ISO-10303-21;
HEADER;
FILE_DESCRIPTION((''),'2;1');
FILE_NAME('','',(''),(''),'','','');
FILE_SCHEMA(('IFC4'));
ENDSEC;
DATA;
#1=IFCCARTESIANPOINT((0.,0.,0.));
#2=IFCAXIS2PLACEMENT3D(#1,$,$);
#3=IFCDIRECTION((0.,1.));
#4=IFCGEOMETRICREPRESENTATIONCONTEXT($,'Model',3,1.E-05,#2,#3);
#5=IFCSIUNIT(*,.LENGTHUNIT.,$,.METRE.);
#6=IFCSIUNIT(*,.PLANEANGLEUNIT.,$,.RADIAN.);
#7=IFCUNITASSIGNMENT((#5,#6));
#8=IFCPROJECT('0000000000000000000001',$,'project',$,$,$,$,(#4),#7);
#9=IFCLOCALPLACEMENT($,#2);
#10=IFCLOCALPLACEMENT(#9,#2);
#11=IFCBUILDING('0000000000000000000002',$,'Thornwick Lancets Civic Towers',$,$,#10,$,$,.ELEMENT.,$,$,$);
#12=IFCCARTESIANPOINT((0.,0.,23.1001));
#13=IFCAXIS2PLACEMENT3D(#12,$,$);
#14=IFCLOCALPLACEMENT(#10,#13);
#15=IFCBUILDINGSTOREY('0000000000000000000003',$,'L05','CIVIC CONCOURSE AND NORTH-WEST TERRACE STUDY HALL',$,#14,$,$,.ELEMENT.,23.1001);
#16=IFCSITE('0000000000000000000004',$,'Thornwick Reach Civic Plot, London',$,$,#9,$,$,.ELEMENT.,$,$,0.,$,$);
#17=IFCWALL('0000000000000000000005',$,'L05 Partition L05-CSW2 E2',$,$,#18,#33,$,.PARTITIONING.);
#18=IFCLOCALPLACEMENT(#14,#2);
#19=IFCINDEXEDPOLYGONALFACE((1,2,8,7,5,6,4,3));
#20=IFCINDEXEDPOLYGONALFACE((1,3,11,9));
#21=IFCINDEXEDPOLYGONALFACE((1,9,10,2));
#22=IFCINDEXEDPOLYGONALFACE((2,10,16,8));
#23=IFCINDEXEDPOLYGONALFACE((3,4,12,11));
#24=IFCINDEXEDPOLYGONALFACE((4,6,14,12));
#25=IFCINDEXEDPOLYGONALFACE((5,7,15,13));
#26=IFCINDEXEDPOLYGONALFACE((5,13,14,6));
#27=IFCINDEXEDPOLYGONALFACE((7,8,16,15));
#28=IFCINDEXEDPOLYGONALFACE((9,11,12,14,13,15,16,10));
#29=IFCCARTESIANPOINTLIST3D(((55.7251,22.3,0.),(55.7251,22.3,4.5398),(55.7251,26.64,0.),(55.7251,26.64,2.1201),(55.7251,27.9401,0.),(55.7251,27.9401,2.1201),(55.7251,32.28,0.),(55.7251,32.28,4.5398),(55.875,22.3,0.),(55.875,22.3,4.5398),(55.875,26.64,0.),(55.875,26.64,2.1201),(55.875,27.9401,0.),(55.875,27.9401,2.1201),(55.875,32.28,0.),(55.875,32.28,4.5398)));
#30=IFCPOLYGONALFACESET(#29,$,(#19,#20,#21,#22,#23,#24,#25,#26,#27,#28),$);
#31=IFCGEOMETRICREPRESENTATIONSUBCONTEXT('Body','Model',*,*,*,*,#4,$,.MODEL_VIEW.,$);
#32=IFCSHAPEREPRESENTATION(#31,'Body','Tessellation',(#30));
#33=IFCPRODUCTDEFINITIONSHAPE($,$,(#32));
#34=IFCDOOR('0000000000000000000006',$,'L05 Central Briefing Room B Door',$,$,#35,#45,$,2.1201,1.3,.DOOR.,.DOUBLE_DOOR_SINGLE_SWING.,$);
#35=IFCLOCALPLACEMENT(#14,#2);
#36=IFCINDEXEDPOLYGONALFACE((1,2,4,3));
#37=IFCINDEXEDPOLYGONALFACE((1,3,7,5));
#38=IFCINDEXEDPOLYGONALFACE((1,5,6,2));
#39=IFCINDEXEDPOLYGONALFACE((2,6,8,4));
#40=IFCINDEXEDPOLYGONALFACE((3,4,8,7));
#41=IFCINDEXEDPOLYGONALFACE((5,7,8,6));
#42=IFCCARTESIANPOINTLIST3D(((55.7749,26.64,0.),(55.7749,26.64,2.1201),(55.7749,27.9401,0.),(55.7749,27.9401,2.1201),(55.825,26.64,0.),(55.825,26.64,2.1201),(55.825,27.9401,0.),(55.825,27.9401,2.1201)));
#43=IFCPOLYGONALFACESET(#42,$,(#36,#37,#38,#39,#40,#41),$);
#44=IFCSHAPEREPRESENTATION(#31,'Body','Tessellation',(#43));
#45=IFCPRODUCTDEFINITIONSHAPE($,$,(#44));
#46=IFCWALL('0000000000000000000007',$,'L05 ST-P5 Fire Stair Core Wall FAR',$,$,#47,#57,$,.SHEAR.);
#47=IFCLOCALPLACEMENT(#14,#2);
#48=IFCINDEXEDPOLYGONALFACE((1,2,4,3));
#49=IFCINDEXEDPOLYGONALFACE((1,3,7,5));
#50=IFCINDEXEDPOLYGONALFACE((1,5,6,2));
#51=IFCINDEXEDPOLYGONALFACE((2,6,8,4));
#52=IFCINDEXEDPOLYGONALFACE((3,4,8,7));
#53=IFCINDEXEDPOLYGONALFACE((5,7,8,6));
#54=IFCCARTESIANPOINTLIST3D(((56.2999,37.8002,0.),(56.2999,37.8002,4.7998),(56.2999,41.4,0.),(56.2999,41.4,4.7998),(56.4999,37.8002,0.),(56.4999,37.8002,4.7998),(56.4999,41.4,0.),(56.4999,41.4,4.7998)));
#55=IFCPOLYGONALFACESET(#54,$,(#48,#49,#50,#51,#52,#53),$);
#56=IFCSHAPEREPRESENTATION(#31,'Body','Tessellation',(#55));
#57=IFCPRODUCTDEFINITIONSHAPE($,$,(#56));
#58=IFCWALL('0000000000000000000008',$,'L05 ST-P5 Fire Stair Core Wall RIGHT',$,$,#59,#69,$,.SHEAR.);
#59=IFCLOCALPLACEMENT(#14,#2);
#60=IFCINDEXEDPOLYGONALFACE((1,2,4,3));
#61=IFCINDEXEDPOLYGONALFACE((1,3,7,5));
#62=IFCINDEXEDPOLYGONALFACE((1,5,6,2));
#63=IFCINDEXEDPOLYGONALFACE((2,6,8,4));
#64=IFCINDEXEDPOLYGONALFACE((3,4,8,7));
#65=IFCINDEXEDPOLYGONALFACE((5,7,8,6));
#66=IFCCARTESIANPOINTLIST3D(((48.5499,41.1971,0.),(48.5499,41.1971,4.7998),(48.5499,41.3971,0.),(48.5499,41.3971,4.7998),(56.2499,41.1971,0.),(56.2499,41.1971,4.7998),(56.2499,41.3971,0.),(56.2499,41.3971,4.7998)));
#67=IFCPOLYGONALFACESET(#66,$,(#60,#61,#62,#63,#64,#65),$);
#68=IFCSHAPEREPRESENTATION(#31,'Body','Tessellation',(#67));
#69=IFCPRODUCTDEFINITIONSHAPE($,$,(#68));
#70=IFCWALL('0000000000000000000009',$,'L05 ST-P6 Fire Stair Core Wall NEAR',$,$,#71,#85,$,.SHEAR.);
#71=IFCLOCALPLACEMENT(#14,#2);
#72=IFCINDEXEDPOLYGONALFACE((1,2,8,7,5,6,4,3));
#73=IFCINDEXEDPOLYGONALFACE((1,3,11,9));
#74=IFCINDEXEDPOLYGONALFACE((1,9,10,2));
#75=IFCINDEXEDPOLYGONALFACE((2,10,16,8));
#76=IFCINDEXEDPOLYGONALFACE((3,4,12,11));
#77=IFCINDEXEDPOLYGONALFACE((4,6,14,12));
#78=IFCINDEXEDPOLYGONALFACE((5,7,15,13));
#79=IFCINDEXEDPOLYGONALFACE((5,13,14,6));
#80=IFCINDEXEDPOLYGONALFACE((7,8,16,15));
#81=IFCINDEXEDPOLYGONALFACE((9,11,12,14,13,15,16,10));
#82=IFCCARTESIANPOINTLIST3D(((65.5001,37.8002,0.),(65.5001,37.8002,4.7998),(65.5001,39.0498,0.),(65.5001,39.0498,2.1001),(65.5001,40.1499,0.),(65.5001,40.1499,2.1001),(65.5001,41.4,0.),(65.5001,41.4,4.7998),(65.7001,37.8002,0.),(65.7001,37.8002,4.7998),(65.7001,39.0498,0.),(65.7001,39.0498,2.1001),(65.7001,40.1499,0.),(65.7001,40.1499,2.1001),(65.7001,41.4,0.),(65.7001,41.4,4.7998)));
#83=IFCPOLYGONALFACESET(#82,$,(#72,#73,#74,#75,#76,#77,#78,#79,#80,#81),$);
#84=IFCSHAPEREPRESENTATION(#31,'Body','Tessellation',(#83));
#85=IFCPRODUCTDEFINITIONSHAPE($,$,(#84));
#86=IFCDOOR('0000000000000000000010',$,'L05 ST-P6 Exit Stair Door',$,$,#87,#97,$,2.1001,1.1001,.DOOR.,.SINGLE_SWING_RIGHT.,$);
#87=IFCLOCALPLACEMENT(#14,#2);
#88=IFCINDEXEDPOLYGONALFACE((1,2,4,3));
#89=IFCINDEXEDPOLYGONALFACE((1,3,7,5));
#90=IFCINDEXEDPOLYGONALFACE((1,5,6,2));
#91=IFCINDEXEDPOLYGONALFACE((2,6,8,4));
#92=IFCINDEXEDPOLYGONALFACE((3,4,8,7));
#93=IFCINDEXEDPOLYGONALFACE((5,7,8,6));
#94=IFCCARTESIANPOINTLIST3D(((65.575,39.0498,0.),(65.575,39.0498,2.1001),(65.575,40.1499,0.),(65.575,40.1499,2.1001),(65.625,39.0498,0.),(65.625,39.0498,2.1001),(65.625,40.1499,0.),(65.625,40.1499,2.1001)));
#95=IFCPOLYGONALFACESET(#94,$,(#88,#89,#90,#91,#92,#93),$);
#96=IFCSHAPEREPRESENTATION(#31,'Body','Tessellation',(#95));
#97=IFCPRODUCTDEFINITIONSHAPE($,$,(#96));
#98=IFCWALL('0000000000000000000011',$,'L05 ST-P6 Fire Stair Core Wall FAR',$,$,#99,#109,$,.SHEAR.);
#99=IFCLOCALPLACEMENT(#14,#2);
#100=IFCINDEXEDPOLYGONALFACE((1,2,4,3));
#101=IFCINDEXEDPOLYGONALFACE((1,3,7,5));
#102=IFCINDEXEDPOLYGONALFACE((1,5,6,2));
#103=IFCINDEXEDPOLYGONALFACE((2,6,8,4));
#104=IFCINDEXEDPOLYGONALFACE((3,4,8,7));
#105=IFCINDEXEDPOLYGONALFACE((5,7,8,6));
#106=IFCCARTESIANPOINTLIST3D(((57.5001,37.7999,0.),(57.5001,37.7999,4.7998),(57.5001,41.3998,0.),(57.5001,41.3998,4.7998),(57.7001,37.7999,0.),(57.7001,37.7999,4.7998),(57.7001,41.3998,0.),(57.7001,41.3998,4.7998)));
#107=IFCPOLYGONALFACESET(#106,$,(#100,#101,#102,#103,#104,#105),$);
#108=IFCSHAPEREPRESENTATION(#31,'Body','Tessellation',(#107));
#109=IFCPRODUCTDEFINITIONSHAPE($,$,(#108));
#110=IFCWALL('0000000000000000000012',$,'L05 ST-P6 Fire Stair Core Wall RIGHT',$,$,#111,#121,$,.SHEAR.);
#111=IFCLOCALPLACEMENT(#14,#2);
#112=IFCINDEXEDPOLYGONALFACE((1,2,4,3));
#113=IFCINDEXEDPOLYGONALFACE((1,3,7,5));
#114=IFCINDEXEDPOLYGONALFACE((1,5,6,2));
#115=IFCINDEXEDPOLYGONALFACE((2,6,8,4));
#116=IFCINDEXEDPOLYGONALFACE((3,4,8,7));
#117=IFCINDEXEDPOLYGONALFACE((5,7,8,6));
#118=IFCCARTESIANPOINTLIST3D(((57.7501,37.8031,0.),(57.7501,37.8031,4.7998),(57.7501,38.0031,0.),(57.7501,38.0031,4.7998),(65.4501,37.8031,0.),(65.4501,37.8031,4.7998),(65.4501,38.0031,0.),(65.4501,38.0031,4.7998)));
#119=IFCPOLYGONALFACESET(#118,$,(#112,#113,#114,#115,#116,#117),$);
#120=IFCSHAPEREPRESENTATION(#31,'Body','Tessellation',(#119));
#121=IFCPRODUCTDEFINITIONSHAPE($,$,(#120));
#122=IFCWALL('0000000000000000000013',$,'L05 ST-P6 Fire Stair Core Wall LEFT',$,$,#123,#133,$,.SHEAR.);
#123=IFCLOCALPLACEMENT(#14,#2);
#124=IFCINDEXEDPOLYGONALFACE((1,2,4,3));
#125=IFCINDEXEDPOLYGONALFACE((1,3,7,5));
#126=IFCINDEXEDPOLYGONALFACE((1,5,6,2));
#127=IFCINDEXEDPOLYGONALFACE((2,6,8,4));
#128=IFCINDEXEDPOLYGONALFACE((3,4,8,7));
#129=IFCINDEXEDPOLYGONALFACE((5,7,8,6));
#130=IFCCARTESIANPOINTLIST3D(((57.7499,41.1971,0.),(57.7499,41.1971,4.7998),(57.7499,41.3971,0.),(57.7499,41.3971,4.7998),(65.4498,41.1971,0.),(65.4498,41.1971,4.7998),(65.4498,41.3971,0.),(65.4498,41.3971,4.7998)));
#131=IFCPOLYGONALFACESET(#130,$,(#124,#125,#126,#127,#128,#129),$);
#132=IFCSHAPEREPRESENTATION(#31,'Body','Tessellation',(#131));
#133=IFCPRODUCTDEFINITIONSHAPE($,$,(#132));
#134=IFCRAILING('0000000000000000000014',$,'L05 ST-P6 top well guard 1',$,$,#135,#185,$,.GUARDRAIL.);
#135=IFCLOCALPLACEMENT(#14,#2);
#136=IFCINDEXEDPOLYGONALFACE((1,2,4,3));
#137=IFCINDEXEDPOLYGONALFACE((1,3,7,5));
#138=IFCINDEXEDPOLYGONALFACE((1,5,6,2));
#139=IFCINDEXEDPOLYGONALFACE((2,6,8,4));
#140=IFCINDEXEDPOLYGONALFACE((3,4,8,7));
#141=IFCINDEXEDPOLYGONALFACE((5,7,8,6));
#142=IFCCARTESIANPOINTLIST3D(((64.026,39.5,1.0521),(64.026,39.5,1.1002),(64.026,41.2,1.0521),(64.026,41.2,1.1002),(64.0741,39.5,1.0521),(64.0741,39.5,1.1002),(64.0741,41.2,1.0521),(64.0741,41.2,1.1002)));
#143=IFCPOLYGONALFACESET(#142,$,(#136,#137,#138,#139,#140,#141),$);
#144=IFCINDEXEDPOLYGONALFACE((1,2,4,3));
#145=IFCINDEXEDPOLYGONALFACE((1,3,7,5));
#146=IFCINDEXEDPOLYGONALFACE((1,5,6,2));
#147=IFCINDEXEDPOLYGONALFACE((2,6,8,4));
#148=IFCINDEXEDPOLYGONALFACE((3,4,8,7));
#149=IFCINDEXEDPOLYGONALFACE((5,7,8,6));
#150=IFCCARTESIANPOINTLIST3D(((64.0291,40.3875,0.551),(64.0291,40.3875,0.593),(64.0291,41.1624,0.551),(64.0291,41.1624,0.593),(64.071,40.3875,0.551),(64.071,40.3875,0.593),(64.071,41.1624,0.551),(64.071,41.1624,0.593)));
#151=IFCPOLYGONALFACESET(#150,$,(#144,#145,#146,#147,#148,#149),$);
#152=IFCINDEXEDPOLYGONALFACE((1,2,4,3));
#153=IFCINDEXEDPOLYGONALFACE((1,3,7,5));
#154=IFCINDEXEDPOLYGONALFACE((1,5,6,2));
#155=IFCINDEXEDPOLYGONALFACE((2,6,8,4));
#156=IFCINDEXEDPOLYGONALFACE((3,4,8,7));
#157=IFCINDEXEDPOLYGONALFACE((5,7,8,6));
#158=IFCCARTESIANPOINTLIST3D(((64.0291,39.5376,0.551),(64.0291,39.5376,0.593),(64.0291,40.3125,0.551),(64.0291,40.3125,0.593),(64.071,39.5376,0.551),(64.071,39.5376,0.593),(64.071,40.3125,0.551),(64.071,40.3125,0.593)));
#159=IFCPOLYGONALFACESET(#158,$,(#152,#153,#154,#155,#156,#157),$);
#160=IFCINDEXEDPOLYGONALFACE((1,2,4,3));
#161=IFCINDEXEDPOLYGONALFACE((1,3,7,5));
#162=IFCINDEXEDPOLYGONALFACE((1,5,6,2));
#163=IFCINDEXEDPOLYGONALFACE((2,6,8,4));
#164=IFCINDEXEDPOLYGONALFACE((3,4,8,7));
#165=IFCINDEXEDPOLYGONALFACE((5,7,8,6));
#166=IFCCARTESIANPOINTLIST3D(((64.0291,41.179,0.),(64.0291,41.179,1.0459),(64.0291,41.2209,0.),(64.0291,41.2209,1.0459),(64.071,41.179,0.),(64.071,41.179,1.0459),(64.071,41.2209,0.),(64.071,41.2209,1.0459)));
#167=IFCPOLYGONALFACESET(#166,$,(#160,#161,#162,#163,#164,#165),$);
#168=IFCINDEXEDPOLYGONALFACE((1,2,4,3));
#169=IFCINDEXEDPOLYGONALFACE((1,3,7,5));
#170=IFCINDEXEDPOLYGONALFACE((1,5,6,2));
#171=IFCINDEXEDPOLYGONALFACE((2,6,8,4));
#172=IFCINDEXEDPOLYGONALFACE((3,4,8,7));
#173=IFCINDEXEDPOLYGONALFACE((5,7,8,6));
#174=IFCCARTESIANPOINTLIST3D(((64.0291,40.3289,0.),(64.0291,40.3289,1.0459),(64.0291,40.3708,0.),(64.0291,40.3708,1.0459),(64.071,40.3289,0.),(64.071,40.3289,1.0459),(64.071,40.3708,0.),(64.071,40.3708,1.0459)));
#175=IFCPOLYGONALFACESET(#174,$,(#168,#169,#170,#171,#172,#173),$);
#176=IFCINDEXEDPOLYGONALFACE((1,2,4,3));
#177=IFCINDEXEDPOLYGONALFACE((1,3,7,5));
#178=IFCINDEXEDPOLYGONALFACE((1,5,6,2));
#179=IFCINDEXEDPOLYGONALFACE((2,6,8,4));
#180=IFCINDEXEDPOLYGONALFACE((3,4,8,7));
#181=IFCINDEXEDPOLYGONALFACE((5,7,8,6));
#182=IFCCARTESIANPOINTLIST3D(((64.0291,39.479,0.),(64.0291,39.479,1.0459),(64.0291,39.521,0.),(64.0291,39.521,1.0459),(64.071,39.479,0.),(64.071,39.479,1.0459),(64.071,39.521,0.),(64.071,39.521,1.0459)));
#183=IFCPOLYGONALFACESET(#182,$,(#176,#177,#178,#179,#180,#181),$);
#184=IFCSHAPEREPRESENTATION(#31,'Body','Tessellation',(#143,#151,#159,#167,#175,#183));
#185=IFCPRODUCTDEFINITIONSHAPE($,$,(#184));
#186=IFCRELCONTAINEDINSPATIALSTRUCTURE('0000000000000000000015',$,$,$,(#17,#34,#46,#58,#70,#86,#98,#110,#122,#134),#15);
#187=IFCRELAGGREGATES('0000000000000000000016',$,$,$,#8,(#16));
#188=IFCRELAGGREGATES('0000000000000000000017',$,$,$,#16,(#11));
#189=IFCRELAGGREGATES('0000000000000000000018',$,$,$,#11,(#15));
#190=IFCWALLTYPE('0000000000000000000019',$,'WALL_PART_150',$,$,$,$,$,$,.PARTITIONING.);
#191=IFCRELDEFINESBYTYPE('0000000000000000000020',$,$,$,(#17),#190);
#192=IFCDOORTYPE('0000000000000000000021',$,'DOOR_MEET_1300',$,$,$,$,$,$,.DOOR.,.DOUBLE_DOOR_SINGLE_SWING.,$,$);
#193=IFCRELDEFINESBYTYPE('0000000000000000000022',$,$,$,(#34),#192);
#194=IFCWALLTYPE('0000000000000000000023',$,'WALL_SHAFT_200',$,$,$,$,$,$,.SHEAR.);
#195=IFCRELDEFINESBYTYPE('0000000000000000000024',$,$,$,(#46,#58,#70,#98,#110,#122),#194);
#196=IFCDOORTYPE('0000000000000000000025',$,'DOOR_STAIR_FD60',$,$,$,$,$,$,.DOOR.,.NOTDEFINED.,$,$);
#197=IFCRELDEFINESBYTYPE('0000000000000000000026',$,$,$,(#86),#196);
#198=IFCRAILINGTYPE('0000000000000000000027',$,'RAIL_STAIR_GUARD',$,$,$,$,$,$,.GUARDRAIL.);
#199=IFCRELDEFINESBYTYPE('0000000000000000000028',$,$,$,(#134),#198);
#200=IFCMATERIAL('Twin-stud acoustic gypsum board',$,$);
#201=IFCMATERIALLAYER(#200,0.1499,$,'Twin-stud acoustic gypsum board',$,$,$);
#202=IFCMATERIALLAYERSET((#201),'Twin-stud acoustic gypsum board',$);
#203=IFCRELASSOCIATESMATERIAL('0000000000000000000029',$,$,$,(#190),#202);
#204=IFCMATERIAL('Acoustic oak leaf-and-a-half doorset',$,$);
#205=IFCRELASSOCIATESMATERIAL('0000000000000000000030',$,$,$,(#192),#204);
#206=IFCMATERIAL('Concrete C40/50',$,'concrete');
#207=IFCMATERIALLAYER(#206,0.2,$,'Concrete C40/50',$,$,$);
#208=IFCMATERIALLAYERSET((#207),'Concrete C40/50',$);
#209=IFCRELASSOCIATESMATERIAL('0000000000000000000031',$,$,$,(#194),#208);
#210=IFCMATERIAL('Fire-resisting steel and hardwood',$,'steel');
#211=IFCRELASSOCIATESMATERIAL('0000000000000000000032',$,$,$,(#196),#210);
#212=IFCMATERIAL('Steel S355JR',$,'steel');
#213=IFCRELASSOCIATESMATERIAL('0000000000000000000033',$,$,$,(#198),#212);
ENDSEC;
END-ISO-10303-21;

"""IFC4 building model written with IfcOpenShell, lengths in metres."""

from ifc_helpers import new_model, si_unit, direction, frame, frame_2d, origin, origin_2d, place, context, subcontext, project, spatial, rectangle, extrude, material, layer, layer_set, type_object, element, fill, save


model = new_model("IFC4")

# Units and contexts
model_context = context("Model", 3, precision=1e-05, world=origin(), true_north=direction((0.0, 1.0)))
body_context = subcontext(model_context, "Body", "Model", "MODEL_VIEW")
ifc_project = project(units=[si_unit("LENGTHUNIT", "METRE"), si_unit("PLANEANGLEUNIT", "RADIAN")], contexts=[model_context])

# Site, building, storey
site_placement = place(None, origin())
site = spatial("IfcSite", under=ifc_project, at=site_placement, Name="Thornwick Reach Civic Plot, London", CompositionType="ELEMENT", RefElevation=0.0)
building_placement = place(site_placement, origin())
building = spatial("IfcBuilding", under=site, at=building_placement, Name="Thornwick Lancets Civic Towers", CompositionType="ELEMENT")
storey_placement = place(building_placement, frame((0.0, 0.0, 23.1001)))
storey = spatial("IfcBuildingStorey", under=building, at=storey_placement, Name="L05", Description="CIVIC CONCOURSE AND NORTH-WEST TERRACE STUDY HALL", CompositionType="ELEMENT", Elevation=23.1001)

# Shared definitions
ifc_material_1 = material(Name="Concrete C40/50", Category="concrete")

# Shared definitions
ifc_material_2 = material(Name="Steel S355JR", Category="steel")

# Wall, opening, door
ifc_material_3 = material(Name="Twin-stud acoustic gypsum board")
ifc_layer_1 = layer(ifc_material_3, 0.1499, Name="Twin-stud acoustic gypsum board")
ifc_layer_set_1 = layer_set([ifc_layer_1], Name="Twin-stud acoustic gypsum board")
wall_type_1 = type_object("IfcWallType", Name="WALL_PART_150", PredefinedType="PARTITIONING", material=ifc_layer_set_1)
ifc_material_4 = material(Name="Acoustic oak leaf-and-a-half doorset")
door_type_1 = type_object("IfcDoorType", Name="DOOR_MEET_1300", OperationType="DOUBLE_DOOR_SINGLE_SWING", PredefinedType="DOOR", material=ifc_material_4)
wall_1_placement = place(storey_placement, frame((55.8, 32.28, 0.0), z_axis=(0.0, 0.0, 1.0), x_axis=(0.0, -1.0, 0.0)))
wall_1 = element("IfcWall", 1, at=wall_1_placement, inside=storey, type_object=wall_type_1, Name="L05 Partition L05-CSW2 E2", PredefinedType="PARTITIONING", context=body_context, shape_type="SweptSolid", body=[
    extrude(rectangle(XDim=9.98, YDim=0.1499, at=frame_2d((4.99, 0.0))), origin(), (0.0, 0.0, 1.0), 4.5398),
])
opening_1_placement = place(wall_1_placement, frame((4.3401, 0.0, 0.0)))
opening_1 = element("IfcOpeningElement", 2, at=opening_1_placement, cuts=wall_1, PredefinedType="OPENING", context=body_context, shape_type="SweptSolid", body=[
    extrude(rectangle(XDim=1.3, YDim=2.1201, at=frame_2d((0.6499, 1.0601))), frame((0.0, 0.085, 0.0), z_axis=(0.0, -1.0, 0.0), x_axis=(1.0, 0.0, 0.0)), (0.0, 0.0, 1.0), 0.1699),
])
door_1_placement = place(opening_1_placement, origin())
door_1 = element("IfcDoor", 3, at=door_1_placement, inside=storey, type_object=door_type_1, Name="L05 Central Briefing Room B Door", OperationType="DOUBLE_DOOR_SINGLE_SWING", OverallHeight=2.1201, OverallWidth=1.3, PredefinedType="DOOR", context=body_context, shape_type="SweptSolid", body=[
    extrude(rectangle(XDim=1.3, YDim=2.1201, at=frame_2d((0.6499, 1.0601))), frame((0.0, 0.0249, 0.0), z_axis=(0.0, -1.0, 0.0), x_axis=(1.0, 0.0, 0.0)), (0.0, 0.0, 1.0), 0.05),
])
fill(opening_1, door_1)

# Walls
ifc_layer_2 = layer(ifc_material_1, 0.2, Name="Concrete C40/50")
ifc_layer_set_2 = layer_set([ifc_layer_2], Name="Concrete C40/50")
wall_type_2 = type_object("IfcWallType", Name="WALL_SHAFT_200", PredefinedType="SHEAR", material=ifc_layer_set_2)
wall_2_placement = place(storey_placement, frame((56.3999, 41.3999, 0.0), z_axis=(0.0, 0.0, 1.0), x_axis=(0.0, -1.0, 0.0)))
element("IfcWall", 4, at=wall_2_placement, inside=storey, type_object=wall_type_2, Name="L05 ST-P5 Fire Stair Core Wall FAR", PredefinedType="SHEAR", context=body_context, shape_type="SweptSolid", body=[
    extrude(rectangle(XDim=3.5999, YDim=0.2, at=frame_2d((1.7998, 0.0))), origin(), (0.0, 0.0, 1.0), 4.7998),
])
wall_3_placement = place(storey_placement, frame((56.25, 41.2971, 0.0), z_axis=(0.0, 0.0, 1.0), x_axis=(-1.0, 0.0, 0.0)))
element("IfcWall", 5, at=wall_3_placement, inside=storey, type_object=wall_type_2, Name="L05 ST-P5 Fire Stair Core Wall RIGHT", PredefinedType="SHEAR", context=body_context, shape_type="SweptSolid", body=[
    extrude(rectangle(XDim=7.7, YDim=0.2, at=frame_2d((3.8501, 0.0))), origin(), (0.0, 0.0, 1.0), 4.7998),
])

# Wall, opening, door
wall_4_placement = place(storey_placement, frame((65.6001, 41.3999, 0.0), z_axis=(0.0, 0.0, 1.0), x_axis=(0.0, -1.0, 0.0)))
wall_4 = element("IfcWall", 6, at=wall_4_placement, inside=storey, type_object=wall_type_2, Name="L05 ST-P6 Fire Stair Core Wall NEAR", PredefinedType="SHEAR", context=body_context, shape_type="SweptSolid", body=[
    extrude(rectangle(XDim=3.5999, YDim=0.2, at=frame_2d((1.7998, 0.0))), origin(), (0.0, 0.0, 1.0), 4.7998),
])
opening_2_placement = place(wall_4_placement, frame((1.25, 0.0, 0.0)))
opening_2 = element("IfcOpeningElement", 7, at=opening_2_placement, cuts=wall_4, PredefinedType="OPENING", context=body_context, shape_type="SweptSolid", body=[
    extrude(rectangle(XDim=1.1001, YDim=2.1001, at=frame_2d((0.55, 1.05))), frame((0.0, 0.1099, 0.0), z_axis=(0.0, -1.0, 0.0), x_axis=(1.0, 0.0, 0.0)), (0.0, 0.0, 1.0), 0.22),
])
ifc_material_5 = material(Name="Fire-resisting steel and hardwood", Category="steel")
door_type_2 = type_object("IfcDoorType", Name="DOOR_STAIR_FD60", OperationType="NOTDEFINED", PredefinedType="DOOR", material=ifc_material_5)
door_2_placement = place(opening_2_placement, origin())
door_2 = element("IfcDoor", 8, at=door_2_placement, inside=storey, type_object=door_type_2, Name="L05 ST-P6 Exit Stair Door", OperationType="SINGLE_SWING_RIGHT", OverallHeight=2.1001, OverallWidth=1.1001, PredefinedType="DOOR", context=body_context, shape_type="SweptSolid", body=[
    extrude(rectangle(XDim=1.1001, YDim=2.1001, at=frame_2d((0.55, 1.05))), frame((0.0, 0.0249, 0.0), z_axis=(0.0, -1.0, 0.0), x_axis=(1.0, 0.0, 0.0)), (0.0, 0.0, 1.0), 0.05),
])
fill(opening_2, door_2)

# Walls
wall_5_placement = place(storey_placement, frame((57.6001, 37.8, 0.0), z_axis=(0.0, 0.0, 1.0), x_axis=(0.0, 1.0, 0.0)))
element("IfcWall", 9, at=wall_5_placement, inside=storey, type_object=wall_type_2, Name="L05 ST-P6 Fire Stair Core Wall FAR", PredefinedType="SHEAR", context=body_context, shape_type="SweptSolid", body=[
    extrude(rectangle(XDim=3.5999, YDim=0.2, at=frame_2d((1.7998, 0.0))), origin(), (0.0, 0.0, 1.0), 4.7998),
])
for number, where, z_axis, x_axis, name in (
    (10, (57.75, 37.9031, 0.0), (0.0, 0.0, 1.0), (1.0, 0.0, 0.0), "L05 ST-P6 Fire Stair Core Wall RIGHT"),
    (11, (65.45, 41.2971, 0.0), (0.0, 0.0, 1.0), (-1.0, 0.0, 0.0), "L05 ST-P6 Fire Stair Core Wall LEFT"),
):
    element("IfcWall", number, at=place(storey_placement, frame(where, z_axis=z_axis, x_axis=x_axis)), inside=storey, type_object=wall_type_2, Name=name, PredefinedType="SHEAR", context=body_context, shape_type="SweptSolid", body=[
        extrude(rectangle(XDim=7.7, YDim=0.2, at=frame_2d((3.8501, 0.0))), origin(), (0.0, 0.0, 1.0), 4.7998),
    ])

# Railing
railing_type = type_object("IfcRailingType", Name="RAIL_STAIR_GUARD", PredefinedType="GUARDRAIL", material=ifc_material_2)
railing_placement = place(storey_placement, frame((64.05, 41.2, 0.0)))
element("IfcRailing", 12, at=railing_placement, inside=storey, type_object=railing_type, Name="L05 ST-P6 top well guard 1", PredefinedType="GUARDRAIL", context=body_context, shape_type="SweptSolid", body=[
    extrude(rectangle(XDim=0.0481, YDim=0.0481, at=origin_2d()), frame((0.0, 0.0, 1.0762), z_axis=(0.0, -1.0, 0.0), x_axis=(1.0, 0.0, 0.0)), (0.0, 0.0, 1.0), 1.7),
    extrude(rectangle(XDim=0.042, YDim=0.042, at=origin_2d()), frame((0.0, -0.0376, 0.572), z_axis=(0.0, -1.0, 0.0), x_axis=(1.0, 0.0, 0.0)), (0.0, 0.0, 1.0), 0.7749),
    extrude(rectangle(XDim=0.042, YDim=0.042, at=origin_2d()), frame((0.0, -0.8875, 0.572), z_axis=(0.0, -1.0, 0.0), x_axis=(1.0, 0.0, 0.0)), (0.0, 0.0, 1.0), 0.7749),
    extrude(rectangle(XDim=0.042, YDim=0.042, at=origin_2d()), origin(), (0.0, 0.0, 1.0), 1.0459),
    extrude(rectangle(XDim=0.042, YDim=0.042, at=origin_2d()), frame((0.0, -0.8501, 0.0)), (0.0, 0.0, 1.0), 1.0459),
    extrude(rectangle(XDim=0.042, YDim=0.042, at=origin_2d()), frame((0.0, -1.7, 0.0)), (0.0, 0.0, 1.0), 1.0459),
])

save(model, "model.ifc")
